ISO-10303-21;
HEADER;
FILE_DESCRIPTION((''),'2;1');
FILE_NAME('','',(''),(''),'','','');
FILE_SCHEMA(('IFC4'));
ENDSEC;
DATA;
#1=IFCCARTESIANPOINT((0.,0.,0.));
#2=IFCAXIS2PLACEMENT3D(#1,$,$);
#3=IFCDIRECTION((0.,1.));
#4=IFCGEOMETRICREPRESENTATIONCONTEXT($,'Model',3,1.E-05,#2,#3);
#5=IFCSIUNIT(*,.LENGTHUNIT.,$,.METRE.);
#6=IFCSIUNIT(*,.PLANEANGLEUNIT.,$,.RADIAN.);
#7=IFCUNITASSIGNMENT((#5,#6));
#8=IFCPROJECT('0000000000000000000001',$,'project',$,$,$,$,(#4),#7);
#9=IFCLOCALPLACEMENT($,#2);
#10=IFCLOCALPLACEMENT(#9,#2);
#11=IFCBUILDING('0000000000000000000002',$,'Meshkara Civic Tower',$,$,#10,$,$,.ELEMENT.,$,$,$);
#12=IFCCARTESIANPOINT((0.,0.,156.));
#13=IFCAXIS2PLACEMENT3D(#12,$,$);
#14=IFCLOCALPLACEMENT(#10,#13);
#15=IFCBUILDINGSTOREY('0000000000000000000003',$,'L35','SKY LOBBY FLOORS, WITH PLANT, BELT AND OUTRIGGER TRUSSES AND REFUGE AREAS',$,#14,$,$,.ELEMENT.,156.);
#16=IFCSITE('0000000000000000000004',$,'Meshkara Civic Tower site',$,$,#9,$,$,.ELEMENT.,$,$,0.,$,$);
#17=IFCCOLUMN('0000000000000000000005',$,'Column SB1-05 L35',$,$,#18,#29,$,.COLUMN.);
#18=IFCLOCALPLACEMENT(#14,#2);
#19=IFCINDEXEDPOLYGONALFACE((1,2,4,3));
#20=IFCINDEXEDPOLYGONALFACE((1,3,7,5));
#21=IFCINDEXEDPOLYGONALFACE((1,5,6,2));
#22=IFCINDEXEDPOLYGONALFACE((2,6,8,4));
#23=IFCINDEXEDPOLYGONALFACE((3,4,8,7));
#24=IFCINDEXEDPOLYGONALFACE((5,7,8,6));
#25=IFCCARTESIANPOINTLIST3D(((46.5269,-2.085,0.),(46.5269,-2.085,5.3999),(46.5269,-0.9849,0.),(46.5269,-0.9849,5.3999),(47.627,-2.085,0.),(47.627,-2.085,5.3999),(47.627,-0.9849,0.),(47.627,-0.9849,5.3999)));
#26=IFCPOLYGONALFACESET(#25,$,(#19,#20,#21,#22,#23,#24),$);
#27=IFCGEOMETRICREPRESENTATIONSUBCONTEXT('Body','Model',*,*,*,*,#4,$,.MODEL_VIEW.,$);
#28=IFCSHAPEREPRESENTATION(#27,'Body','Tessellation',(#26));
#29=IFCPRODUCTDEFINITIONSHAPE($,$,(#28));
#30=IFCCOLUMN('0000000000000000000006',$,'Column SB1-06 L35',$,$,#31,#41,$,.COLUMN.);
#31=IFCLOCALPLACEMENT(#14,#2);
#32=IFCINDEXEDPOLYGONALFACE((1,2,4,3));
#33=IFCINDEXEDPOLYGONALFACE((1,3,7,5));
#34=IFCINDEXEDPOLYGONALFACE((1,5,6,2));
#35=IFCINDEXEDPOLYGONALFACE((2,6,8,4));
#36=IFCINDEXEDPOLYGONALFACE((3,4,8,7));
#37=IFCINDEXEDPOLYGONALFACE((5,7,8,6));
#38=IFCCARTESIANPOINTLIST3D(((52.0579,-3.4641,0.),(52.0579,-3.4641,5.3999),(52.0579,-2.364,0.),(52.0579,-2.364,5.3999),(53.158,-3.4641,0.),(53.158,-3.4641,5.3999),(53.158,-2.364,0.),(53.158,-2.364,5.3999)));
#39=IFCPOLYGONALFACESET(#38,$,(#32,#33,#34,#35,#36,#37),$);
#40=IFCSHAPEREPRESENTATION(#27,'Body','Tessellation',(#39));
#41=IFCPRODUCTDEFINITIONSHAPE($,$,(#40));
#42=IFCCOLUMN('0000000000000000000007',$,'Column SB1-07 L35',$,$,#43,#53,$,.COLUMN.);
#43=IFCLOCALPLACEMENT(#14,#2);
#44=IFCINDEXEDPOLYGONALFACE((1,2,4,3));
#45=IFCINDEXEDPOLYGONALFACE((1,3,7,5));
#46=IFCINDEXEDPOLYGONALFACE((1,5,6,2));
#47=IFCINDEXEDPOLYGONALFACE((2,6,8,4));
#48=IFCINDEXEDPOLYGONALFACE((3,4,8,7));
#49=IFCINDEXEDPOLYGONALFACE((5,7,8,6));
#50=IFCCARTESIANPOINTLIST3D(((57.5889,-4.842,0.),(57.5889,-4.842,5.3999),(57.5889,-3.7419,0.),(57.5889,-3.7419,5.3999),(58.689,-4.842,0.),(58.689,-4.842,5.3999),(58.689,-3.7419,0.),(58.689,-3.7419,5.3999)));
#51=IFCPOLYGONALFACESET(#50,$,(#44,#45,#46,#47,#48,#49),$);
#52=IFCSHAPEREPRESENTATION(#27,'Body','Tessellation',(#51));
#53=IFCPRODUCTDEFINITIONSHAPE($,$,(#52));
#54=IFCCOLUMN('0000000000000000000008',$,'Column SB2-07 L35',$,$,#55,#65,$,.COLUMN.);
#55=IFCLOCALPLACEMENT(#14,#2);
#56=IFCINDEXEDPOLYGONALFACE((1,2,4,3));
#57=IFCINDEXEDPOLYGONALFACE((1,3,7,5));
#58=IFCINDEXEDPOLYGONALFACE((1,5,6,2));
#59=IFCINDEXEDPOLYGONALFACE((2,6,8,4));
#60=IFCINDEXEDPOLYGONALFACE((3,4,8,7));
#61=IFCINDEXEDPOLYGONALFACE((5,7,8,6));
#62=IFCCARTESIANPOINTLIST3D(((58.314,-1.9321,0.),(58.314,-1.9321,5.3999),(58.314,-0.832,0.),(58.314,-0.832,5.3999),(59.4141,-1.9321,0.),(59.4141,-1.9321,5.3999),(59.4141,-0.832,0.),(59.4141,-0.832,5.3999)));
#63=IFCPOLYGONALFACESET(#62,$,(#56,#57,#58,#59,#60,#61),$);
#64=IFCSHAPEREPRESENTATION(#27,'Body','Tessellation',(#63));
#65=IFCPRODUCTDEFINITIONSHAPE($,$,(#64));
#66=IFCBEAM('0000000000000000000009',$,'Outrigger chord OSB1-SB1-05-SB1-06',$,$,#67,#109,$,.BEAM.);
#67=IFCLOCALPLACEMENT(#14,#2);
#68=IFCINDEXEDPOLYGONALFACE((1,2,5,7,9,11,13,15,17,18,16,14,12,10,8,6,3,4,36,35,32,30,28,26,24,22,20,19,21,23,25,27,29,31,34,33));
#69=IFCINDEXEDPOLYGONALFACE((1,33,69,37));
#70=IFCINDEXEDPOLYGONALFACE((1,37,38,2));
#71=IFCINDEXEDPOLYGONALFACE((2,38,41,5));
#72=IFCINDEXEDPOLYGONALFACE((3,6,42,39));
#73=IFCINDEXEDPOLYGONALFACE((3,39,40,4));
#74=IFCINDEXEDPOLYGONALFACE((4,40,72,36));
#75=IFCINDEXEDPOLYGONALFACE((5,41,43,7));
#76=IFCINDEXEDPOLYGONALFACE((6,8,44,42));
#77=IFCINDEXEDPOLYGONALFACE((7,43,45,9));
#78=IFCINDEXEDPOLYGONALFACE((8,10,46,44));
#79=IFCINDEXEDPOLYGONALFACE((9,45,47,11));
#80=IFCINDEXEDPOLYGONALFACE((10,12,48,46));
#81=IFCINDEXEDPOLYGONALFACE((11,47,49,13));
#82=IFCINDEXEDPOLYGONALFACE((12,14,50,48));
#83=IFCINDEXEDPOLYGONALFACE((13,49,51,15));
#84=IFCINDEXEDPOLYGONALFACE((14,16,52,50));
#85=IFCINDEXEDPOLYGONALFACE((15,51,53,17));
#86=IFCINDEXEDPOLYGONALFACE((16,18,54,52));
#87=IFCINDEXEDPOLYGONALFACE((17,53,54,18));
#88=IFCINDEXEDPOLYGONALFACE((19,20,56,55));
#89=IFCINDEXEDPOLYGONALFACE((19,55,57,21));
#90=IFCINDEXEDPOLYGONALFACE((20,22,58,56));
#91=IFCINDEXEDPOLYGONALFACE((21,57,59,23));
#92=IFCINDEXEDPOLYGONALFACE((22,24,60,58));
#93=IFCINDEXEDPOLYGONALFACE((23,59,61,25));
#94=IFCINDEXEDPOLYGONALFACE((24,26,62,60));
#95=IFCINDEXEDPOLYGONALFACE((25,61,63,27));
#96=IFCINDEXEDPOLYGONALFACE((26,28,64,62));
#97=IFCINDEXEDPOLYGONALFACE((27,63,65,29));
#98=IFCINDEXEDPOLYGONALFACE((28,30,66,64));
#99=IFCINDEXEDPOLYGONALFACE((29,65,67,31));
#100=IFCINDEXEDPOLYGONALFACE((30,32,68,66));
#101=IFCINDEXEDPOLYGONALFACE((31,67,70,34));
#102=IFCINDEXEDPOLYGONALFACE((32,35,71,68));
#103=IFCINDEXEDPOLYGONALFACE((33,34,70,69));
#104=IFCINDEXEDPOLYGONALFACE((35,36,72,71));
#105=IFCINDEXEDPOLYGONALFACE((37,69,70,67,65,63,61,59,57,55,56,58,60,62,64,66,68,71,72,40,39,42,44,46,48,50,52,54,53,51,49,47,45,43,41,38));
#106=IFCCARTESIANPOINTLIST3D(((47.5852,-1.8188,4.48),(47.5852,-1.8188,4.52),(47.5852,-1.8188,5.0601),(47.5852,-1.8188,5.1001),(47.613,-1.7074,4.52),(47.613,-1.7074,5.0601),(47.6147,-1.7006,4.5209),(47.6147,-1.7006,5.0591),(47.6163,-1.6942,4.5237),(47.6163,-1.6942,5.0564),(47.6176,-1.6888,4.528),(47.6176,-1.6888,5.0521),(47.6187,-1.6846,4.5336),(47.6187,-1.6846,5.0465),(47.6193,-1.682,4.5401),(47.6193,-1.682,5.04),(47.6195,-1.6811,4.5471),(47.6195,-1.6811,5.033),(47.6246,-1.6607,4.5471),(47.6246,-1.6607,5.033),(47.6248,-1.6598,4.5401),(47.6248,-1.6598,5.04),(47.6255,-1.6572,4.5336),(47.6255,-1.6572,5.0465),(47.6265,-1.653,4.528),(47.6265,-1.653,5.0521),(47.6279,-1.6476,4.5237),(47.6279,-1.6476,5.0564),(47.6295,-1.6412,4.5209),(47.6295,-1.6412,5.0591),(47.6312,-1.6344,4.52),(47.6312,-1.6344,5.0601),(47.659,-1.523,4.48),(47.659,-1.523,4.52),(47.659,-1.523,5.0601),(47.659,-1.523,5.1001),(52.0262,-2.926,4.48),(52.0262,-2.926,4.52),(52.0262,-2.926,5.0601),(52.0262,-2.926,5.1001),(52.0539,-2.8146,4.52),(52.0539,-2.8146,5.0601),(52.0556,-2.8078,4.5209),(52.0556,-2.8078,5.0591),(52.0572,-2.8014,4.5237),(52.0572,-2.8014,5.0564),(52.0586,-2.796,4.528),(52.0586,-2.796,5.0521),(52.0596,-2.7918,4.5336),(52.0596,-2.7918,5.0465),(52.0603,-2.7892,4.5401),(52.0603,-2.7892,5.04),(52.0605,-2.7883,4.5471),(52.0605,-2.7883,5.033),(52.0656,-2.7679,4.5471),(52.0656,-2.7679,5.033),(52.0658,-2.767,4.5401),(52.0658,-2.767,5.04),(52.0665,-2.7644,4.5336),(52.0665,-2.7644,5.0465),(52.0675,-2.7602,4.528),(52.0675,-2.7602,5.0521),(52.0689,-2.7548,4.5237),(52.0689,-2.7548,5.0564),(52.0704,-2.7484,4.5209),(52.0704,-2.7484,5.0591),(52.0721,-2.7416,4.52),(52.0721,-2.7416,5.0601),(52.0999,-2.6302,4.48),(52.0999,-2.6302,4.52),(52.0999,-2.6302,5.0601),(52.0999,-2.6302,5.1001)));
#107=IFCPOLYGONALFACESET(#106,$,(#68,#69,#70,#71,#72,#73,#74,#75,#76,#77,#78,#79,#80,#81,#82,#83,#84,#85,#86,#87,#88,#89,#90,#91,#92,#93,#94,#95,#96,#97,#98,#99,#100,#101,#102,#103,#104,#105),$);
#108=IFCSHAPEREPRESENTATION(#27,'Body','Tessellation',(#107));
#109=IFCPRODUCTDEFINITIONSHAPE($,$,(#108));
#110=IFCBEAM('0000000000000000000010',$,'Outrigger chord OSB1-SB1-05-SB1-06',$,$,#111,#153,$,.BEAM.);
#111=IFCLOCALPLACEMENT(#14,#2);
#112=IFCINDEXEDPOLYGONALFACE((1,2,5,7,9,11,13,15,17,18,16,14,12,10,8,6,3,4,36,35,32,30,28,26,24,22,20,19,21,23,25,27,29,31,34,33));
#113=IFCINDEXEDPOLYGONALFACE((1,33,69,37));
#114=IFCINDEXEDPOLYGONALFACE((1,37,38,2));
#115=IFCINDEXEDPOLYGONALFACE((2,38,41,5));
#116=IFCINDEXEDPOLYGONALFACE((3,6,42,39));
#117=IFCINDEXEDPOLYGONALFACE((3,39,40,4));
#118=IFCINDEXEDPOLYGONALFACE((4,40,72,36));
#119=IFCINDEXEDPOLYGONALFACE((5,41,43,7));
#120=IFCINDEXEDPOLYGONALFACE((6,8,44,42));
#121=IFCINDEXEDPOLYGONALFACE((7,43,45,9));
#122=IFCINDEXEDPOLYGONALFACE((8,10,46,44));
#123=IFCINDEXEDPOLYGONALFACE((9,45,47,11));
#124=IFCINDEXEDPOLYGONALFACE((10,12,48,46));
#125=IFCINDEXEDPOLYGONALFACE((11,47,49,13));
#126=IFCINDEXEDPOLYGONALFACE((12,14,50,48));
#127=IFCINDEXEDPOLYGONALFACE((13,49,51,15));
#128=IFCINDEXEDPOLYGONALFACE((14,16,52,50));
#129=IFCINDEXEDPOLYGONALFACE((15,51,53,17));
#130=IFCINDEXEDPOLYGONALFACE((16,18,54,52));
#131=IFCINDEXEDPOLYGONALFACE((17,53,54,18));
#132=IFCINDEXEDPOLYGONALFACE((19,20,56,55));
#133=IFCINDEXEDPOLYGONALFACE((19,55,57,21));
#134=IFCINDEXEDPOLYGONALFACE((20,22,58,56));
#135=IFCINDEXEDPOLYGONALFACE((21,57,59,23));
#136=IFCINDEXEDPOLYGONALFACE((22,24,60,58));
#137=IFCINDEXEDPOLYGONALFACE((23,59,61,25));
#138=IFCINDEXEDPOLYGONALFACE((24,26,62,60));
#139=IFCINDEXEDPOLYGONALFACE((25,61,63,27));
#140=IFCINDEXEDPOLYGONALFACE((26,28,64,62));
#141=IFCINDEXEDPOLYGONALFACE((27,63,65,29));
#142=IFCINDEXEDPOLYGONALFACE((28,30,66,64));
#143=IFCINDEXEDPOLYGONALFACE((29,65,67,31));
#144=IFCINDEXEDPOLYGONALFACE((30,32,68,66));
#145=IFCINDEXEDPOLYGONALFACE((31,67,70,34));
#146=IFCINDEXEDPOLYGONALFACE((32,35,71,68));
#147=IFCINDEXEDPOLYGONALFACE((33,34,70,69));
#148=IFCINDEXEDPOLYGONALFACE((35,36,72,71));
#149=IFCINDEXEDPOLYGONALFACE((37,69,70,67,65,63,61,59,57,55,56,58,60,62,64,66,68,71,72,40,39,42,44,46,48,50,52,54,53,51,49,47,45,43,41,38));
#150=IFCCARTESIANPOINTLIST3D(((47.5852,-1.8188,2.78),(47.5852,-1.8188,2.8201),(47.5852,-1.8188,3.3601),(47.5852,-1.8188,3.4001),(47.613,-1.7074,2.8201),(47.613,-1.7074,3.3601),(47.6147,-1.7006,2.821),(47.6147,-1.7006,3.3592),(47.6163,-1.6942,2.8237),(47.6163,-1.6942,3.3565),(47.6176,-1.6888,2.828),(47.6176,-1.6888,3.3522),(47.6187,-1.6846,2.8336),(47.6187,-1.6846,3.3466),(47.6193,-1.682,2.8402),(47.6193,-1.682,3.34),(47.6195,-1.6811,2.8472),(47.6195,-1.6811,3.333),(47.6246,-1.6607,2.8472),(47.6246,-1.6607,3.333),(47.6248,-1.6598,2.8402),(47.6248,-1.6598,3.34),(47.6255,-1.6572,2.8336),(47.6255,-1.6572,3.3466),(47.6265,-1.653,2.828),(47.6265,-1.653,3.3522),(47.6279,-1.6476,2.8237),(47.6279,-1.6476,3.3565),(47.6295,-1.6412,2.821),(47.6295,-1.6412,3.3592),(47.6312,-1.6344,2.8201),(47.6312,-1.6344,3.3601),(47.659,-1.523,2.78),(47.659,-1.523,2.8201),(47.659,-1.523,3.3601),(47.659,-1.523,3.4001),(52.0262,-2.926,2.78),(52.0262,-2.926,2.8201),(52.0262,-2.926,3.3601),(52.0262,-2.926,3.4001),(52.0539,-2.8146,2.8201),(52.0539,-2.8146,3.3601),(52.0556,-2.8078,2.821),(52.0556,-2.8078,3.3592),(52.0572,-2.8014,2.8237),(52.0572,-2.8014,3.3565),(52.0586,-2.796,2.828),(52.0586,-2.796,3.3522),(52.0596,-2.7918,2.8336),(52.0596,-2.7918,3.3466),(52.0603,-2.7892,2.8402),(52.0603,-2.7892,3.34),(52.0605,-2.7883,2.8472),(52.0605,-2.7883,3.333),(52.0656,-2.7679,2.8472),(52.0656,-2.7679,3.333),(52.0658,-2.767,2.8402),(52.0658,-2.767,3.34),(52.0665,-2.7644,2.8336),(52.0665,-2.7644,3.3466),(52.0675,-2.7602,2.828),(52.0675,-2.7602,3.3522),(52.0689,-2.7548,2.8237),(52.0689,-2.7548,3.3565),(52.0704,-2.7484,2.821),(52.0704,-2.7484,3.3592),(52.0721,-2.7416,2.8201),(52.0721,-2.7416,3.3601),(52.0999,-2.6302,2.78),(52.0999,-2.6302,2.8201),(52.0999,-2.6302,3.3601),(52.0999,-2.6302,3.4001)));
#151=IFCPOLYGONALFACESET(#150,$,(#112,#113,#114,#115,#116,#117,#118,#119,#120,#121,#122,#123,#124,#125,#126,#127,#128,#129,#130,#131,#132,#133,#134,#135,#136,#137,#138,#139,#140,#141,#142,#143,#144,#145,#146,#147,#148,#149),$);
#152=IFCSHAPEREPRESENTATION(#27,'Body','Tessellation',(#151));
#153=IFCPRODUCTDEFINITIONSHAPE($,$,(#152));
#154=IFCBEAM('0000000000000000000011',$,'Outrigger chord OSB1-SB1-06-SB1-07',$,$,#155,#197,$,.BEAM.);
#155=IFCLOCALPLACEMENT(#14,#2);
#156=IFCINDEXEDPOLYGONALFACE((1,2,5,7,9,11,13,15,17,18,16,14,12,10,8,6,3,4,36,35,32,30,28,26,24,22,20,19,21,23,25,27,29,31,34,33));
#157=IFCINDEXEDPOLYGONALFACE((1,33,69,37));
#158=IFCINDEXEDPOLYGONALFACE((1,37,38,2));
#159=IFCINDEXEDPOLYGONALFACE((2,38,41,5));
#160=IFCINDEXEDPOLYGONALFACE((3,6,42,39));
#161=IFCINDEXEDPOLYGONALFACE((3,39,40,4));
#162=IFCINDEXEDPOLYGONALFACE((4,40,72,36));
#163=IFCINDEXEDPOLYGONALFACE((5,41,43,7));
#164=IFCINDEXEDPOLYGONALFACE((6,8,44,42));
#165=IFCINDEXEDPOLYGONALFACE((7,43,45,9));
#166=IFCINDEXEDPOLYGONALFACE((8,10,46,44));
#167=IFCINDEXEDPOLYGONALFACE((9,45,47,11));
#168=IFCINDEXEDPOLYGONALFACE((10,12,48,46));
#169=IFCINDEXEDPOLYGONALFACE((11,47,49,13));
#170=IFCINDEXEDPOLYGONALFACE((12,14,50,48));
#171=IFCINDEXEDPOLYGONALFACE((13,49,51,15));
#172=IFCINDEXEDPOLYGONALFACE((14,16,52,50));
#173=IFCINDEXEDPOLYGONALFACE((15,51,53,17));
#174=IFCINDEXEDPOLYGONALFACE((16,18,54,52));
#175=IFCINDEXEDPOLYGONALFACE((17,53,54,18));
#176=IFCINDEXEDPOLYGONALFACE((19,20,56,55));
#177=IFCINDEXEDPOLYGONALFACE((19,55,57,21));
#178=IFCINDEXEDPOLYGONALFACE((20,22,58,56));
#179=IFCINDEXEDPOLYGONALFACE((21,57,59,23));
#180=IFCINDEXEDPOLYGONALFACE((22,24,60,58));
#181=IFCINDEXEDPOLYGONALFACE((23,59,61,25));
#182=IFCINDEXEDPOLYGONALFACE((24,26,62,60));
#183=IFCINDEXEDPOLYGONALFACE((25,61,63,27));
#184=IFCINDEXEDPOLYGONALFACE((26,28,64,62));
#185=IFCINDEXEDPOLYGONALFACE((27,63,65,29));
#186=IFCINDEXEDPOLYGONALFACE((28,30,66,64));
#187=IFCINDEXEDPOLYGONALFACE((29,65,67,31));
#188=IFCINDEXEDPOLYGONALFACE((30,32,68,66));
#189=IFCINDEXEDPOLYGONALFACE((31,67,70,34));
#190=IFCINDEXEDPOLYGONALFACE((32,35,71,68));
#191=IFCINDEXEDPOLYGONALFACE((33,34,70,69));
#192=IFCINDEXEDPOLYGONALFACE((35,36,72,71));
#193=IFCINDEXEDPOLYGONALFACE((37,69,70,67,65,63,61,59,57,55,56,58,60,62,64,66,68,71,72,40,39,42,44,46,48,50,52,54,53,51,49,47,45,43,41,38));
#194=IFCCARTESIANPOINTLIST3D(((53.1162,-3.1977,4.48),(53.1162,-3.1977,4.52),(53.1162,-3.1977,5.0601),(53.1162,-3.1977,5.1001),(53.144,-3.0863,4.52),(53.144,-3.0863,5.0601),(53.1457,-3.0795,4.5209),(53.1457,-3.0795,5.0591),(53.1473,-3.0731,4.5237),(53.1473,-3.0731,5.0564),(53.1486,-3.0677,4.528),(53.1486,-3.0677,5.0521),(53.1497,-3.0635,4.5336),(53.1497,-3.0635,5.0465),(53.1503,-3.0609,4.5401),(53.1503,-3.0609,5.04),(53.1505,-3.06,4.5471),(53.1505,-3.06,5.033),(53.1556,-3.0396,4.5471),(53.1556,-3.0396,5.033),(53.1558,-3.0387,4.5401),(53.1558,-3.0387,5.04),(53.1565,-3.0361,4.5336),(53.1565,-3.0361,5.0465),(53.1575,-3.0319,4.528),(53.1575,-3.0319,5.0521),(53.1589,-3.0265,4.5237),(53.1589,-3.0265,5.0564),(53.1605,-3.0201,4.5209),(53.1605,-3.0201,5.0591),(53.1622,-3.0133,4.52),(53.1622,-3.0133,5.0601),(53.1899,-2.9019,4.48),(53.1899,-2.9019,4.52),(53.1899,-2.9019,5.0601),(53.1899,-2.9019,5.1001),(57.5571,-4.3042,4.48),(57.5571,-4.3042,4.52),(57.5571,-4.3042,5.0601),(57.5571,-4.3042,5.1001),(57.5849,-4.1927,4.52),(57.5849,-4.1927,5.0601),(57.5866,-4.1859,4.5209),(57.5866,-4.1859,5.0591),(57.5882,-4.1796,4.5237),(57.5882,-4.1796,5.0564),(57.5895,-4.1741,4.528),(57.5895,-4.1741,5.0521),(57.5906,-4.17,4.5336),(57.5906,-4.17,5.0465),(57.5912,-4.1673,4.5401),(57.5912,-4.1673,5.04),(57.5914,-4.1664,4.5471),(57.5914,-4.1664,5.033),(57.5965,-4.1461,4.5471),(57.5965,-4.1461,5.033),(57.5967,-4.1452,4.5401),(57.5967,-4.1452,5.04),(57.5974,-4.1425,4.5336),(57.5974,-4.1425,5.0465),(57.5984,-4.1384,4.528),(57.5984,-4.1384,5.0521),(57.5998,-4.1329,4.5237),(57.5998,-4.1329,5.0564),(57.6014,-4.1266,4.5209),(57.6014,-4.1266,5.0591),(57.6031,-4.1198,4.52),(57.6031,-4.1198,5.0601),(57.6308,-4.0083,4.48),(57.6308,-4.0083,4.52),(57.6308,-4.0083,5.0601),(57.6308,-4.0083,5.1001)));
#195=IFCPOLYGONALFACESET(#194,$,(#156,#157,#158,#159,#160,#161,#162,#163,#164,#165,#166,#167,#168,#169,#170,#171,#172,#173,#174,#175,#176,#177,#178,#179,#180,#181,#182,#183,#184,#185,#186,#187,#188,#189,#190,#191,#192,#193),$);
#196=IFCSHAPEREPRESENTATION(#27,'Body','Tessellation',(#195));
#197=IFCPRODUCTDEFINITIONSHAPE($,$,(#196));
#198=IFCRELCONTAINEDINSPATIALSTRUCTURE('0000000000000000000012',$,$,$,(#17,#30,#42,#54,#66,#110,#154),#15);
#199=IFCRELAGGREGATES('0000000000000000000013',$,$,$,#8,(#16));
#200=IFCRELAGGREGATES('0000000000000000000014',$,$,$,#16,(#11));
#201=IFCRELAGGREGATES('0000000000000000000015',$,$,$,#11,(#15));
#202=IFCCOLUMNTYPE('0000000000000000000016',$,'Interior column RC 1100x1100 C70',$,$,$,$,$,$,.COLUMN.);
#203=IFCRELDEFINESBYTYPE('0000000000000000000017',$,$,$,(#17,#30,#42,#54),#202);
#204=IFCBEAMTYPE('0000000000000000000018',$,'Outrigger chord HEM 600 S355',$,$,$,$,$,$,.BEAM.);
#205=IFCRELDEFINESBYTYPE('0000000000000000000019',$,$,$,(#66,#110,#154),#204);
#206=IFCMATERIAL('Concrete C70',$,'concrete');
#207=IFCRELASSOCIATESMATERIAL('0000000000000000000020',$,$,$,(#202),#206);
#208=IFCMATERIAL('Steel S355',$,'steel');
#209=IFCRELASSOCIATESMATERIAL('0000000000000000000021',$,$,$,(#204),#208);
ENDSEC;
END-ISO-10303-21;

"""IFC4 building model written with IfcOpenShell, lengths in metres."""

from ifc_helpers import new_model, si_unit, direction, frame, origin, origin_2d, place, context, subcontext, project, spatial, rectangle, i_section, extrude, material, material_profile, profile_set, type_object, element, save


model = new_model("IFC4")

# Units and contexts
model_context = context("Model", 3, precision=1e-05, world=origin(), true_north=direction((0.0, 1.0)))
body_context = subcontext(model_context, "Body", "Model", "MODEL_VIEW")
ifc_project = project(units=[si_unit("LENGTHUNIT", "METRE"), si_unit("PLANEANGLEUNIT", "RADIAN")], contexts=[model_context])

# Site, building, storey
site_placement = place(None, origin())
site = spatial("IfcSite", under=ifc_project, at=site_placement, Name="Meshkara Civic Tower site", CompositionType="ELEMENT", RefElevation=0.0)
building_placement = place(site_placement, origin())
building = spatial("IfcBuilding", under=site, at=building_placement, Name="Meshkara Civic Tower", CompositionType="ELEMENT")
storey_placement = place(building_placement, frame((0.0, 0.0, 156.0)))
storey = spatial("IfcBuildingStorey", under=building, at=storey_placement, Name="L35", Description="SKY LOBBY FLOORS, WITH PLANT, BELT AND OUTRIGGER TRUSSES AND REFUGE AREAS", CompositionType="ELEMENT", Elevation=156.0)

# Columns
ifc_material_1 = material(Name="Concrete C70", Category="concrete")
ifc_material_profile_1 = material_profile(ifc_material_1, rectangle(XDim=1.1001, YDim=1.1001, at=origin_2d()))
ifc_profile_set_1 = profile_set([ifc_material_profile_1], Name="Concrete C70")
column_type = type_object("IfcColumnType", Name="Interior column RC 1100x1100 C70", PredefinedType="COLUMN", material=ifc_profile_set_1)
for number, where, z_axis, x_axis, name in (
    (1, (47.0769, -1.5349, 0.0), (0.0, 0.0, 1.0), (1.0, 0.0, 0.0), "Column SB1-05 L35"),
    (2, (52.6079, -2.9141, 0.0), (0.0, 0.0, 1.0), (1.0, 0.0, 0.0), "Column SB1-06 L35"),
    (3, (58.1389, -4.292, 0.0), (0.0, 0.0, 1.0), (1.0, 0.0, 0.0), "Column SB1-07 L35"),
    (4, (58.864, -1.3821, 0.0), (0.0, 0.0, 1.0), (1.0, 0.0, 0.0), "Column SB2-07 L35"),
):
    element("IfcColumn", number, at=place(storey_placement, frame(where, z_axis=z_axis, x_axis=x_axis)), inside=storey, type_object=column_type, Name=name, PredefinedType="COLUMN", context=body_context, shape_type="SweptSolid", body=[
        extrude(rectangle(XDim=1.1001, YDim=1.1001, at=origin_2d()), origin(), (0.0, 0.0, 1.0), 5.3999),
    ])

# Beams
ifc_material_2 = material(Name="Steel S355", Category="steel")
ifc_material_profile_2 = material_profile(ifc_material_2, i_section(OverallWidth=0.3049, OverallDepth=0.6201, WebThickness=0.021, FlangeThickness=0.04, FilletRadius=0.0271, at=origin_2d()))
ifc_profile_set_2 = profile_set([ifc_material_profile_2], Name="Steel S355")
beam_type = type_object("IfcBeamType", Name="Outrigger chord HEM 600 S355", PredefinedType="BEAM", material=ifc_profile_set_2)
for number, where, z_axis, x_axis, name in (
    (5, (47.6221, -1.6709, 4.79), (0.970299, -0.241908, 0.0), (0.241908, 0.970299, 0.0), "Outrigger chord OSB1-SB1-05-SB1-06"),
    (6, (47.6221, -1.6709, 3.0901), (0.970299, -0.241908, 0.0), (0.241908, 0.970299, 0.0), "Outrigger chord OSB1-SB1-05-SB1-06"),
):
    element("IfcBeam", number, at=place(storey_placement, frame(where, z_axis=z_axis, x_axis=x_axis)), inside=storey, type_object=beam_type, Name=name, PredefinedType="BEAM", context=body_context, shape_type="SweptSolid", body=[
        extrude(i_section(OverallWidth=0.3049, OverallDepth=0.6201, WebThickness=0.021, FlangeThickness=0.04, FilletRadius=0.0271, at=origin_2d()), origin(), (0.0, 0.0, 1.0), 4.5769),
    ])
for number, where, z_axis, x_axis, name in (
    (7, (53.1531, -3.0498, 4.79), (0.970337, -0.241757, 0.0), (0.241757, 0.970337, 0.0), "Outrigger chord OSB1-SB1-06-SB1-07"),
):
    element("IfcBeam", number, at=place(storey_placement, frame(where, z_axis=z_axis, x_axis=x_axis)), inside=storey, type_object=beam_type, Name=name, PredefinedType="BEAM", context=body_context, shape_type="SweptSolid", body=[
        extrude(i_section(OverallWidth=0.3049, OverallDepth=0.6201, WebThickness=0.021, FlangeThickness=0.04, FilletRadius=0.0271, at=origin_2d()), origin(), (0.0, 0.0, 1.0), 4.5767),
    ])

save(model, "model.ifc")
